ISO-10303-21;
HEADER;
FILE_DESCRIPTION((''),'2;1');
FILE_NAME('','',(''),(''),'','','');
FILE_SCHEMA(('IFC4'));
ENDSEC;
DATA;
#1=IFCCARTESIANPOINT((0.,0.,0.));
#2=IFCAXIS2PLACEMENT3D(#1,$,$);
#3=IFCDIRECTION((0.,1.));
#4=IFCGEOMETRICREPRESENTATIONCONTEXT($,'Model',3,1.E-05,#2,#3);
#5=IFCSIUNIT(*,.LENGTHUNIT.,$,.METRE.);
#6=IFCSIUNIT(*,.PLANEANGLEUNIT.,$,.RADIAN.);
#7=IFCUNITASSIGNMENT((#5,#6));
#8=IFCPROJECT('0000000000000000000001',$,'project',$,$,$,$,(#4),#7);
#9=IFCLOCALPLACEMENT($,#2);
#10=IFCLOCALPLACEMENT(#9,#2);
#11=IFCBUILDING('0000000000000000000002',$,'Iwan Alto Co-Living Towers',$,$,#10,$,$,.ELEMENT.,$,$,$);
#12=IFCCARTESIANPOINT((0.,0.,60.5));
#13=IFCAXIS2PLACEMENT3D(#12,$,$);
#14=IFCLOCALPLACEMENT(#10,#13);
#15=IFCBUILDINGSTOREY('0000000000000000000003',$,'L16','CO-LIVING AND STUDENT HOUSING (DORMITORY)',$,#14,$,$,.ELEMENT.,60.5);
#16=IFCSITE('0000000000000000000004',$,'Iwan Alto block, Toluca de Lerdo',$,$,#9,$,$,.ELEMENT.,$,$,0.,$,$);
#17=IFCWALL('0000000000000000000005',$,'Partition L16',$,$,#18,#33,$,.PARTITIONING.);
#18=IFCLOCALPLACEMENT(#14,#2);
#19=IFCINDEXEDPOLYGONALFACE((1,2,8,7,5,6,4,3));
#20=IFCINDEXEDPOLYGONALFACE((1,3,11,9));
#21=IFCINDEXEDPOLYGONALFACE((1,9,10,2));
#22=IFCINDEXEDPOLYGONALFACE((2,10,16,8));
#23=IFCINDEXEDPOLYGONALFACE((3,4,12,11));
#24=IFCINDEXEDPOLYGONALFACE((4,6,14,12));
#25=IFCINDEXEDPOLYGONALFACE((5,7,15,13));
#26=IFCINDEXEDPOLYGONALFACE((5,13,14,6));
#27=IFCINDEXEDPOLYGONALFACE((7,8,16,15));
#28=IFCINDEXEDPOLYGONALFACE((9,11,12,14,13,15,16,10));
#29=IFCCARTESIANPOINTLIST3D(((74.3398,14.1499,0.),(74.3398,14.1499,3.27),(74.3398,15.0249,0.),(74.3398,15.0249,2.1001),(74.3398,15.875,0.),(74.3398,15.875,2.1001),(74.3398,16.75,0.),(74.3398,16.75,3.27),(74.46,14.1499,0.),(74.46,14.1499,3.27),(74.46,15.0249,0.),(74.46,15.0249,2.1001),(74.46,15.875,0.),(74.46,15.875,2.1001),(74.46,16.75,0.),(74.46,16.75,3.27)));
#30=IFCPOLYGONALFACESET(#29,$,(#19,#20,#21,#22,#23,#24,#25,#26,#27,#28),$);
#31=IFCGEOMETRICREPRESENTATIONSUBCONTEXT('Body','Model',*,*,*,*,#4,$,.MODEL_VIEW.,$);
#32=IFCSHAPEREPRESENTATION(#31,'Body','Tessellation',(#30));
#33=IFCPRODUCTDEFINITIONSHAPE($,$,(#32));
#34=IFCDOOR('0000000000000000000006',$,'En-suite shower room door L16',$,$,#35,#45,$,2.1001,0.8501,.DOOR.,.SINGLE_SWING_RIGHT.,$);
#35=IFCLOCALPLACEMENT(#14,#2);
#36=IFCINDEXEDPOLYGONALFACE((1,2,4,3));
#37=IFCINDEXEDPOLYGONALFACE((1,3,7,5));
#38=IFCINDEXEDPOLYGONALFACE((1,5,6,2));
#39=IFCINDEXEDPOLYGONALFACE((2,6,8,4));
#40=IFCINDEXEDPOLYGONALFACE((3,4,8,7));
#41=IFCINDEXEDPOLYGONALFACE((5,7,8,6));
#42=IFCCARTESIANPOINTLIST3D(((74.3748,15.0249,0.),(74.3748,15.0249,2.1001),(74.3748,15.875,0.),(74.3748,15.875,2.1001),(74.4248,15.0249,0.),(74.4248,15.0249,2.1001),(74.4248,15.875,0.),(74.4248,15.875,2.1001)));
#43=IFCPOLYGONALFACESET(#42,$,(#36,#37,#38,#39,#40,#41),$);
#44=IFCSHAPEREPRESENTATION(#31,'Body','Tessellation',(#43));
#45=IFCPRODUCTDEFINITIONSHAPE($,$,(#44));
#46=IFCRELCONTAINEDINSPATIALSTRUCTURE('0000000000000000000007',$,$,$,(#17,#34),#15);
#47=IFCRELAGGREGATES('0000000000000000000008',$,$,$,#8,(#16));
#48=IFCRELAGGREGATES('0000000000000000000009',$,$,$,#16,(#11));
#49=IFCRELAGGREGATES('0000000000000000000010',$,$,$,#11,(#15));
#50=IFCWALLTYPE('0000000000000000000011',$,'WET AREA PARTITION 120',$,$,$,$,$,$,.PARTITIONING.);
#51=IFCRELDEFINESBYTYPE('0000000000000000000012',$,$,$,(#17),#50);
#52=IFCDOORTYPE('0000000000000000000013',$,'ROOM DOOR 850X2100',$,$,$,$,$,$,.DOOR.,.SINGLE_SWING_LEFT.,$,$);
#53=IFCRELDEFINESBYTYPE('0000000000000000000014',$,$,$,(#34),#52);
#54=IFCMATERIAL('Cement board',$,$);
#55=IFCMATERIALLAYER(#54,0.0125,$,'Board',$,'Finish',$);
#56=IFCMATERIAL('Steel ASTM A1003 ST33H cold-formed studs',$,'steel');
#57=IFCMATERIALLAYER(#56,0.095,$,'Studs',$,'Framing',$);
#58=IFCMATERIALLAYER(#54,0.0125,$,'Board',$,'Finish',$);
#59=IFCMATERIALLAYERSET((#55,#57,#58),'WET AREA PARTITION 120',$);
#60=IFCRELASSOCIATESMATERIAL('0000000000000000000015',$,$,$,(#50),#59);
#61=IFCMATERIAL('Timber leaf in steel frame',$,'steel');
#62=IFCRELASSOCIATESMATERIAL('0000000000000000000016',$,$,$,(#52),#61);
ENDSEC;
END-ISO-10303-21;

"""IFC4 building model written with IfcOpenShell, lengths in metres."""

from ifc_helpers import new_model, si_unit, direction, frame, frame_2d, origin, place, context, subcontext, project, spatial, rectangle, extrude, material, layer, layer_set, type_object, element, fill, save


model = new_model("IFC4")

# Units and contexts
model_context = context("Model", 3, precision=1e-05, world=origin(), true_north=direction((0.0, 1.0)))
body_context = subcontext(model_context, "Body", "Model", "MODEL_VIEW")
ifc_project = project(units=[si_unit("LENGTHUNIT", "METRE"), si_unit("PLANEANGLEUNIT", "RADIAN")], contexts=[model_context])

# Site, building, storey
site_placement = place(None, origin())
site = spatial("IfcSite", under=ifc_project, at=site_placement, Name="Iwan Alto block, Toluca de Lerdo", CompositionType="ELEMENT", RefElevation=0.0)
building_placement = place(site_placement, origin())
building = spatial("IfcBuilding", under=site, at=building_placement, Name="Iwan Alto Co-Living Towers", CompositionType="ELEMENT")
storey_placement = place(building_placement, frame((0.0, 0.0, 60.5)))
storey = spatial("IfcBuildingStorey", under=building, at=storey_placement, Name="L16", Description="CO-LIVING AND STUDENT HOUSING (DORMITORY)", CompositionType="ELEMENT", Elevation=60.5)

# Wall, opening, door
ifc_material_1 = material(Name="Cement board")
ifc_layer_1 = layer(ifc_material_1, 0.0125, Name="Board", Category="Finish")
ifc_material_2 = material(Name="Steel ASTM A1003 ST33H cold-formed studs", Category="steel")
ifc_layer_2 = layer(ifc_material_2, 0.095, Name="Studs", Category="Framing")
ifc_layer_3 = layer(ifc_material_1, 0.0125, Name="Board", Category="Finish")
ifc_layer_set_1 = layer_set([ifc_layer_1, ifc_layer_2, ifc_layer_3], Name="WET AREA PARTITION 120")
wall_type = type_object("IfcWallType", Name="WET AREA PARTITION 120", PredefinedType="PARTITIONING", material=ifc_layer_set_1)
wall_placement = place(storey_placement, frame((74.3999, 14.1499, 0.0), z_axis=(0.0, 0.0, 1.0), x_axis=(0.0, 1.0, 0.0)))
wall = element("IfcWall", 1, at=wall_placement, inside=storey, type_object=wall_type, Name="Partition L16", PredefinedType="PARTITIONING", context=body_context, shape_type="SweptSolid", body=[
    extrude(rectangle(XDim=2.6001, YDim=0.1201, at=frame_2d((1.3, 0.0))), origin(), (0.0, 0.0, 1.0), 3.27),
])
opening_placement = place(wall_placement, frame((0.875, 0.0, 0.0)))
opening = element("IfcOpeningElement", 2, at=opening_placement, cuts=wall, PredefinedType="OPENING", context=body_context, shape_type="SweptSolid", body=[
    extrude(rectangle(XDim=0.8501, YDim=2.1001, at=frame_2d((0.425, 1.05))), frame((0.0, 0.0701, 0.0), z_axis=(0.0, -1.0, 0.0), x_axis=(1.0, 0.0, 0.0)), (0.0, 0.0, 1.0), 0.1401),
])
ifc_material_3 = material(Name="Timber leaf in steel frame", Category="steel")
door_type = type_object("IfcDoorType", Name="ROOM DOOR 850X2100", OperationType="SINGLE_SWING_LEFT", PredefinedType="DOOR", material=ifc_material_3)
door_placement = place(opening_placement, frame((0.8501, 0.0, 0.0), z_axis=(0.0, 0.0, 1.0), x_axis=(-1.0, 0.0, 0.0)))
door = element("IfcDoor", 3, at=door_placement, inside=storey, type_object=door_type, Name="En-suite shower room door L16", OperationType="SINGLE_SWING_RIGHT", OverallHeight=2.1001, OverallWidth=0.8501, PredefinedType="DOOR", context=body_context, shape_type="SweptSolid", body=[
    extrude(rectangle(XDim=0.8501, YDim=2.1001, at=frame_2d((0.425, 1.05))), frame((0.0, 0.0249, 0.0), z_axis=(0.0, -1.0, 0.0), x_axis=(1.0, 0.0, 0.0)), (0.0, 0.0, 1.0), 0.05),
])
fill(opening, door)

save(model, "model.ifc")
